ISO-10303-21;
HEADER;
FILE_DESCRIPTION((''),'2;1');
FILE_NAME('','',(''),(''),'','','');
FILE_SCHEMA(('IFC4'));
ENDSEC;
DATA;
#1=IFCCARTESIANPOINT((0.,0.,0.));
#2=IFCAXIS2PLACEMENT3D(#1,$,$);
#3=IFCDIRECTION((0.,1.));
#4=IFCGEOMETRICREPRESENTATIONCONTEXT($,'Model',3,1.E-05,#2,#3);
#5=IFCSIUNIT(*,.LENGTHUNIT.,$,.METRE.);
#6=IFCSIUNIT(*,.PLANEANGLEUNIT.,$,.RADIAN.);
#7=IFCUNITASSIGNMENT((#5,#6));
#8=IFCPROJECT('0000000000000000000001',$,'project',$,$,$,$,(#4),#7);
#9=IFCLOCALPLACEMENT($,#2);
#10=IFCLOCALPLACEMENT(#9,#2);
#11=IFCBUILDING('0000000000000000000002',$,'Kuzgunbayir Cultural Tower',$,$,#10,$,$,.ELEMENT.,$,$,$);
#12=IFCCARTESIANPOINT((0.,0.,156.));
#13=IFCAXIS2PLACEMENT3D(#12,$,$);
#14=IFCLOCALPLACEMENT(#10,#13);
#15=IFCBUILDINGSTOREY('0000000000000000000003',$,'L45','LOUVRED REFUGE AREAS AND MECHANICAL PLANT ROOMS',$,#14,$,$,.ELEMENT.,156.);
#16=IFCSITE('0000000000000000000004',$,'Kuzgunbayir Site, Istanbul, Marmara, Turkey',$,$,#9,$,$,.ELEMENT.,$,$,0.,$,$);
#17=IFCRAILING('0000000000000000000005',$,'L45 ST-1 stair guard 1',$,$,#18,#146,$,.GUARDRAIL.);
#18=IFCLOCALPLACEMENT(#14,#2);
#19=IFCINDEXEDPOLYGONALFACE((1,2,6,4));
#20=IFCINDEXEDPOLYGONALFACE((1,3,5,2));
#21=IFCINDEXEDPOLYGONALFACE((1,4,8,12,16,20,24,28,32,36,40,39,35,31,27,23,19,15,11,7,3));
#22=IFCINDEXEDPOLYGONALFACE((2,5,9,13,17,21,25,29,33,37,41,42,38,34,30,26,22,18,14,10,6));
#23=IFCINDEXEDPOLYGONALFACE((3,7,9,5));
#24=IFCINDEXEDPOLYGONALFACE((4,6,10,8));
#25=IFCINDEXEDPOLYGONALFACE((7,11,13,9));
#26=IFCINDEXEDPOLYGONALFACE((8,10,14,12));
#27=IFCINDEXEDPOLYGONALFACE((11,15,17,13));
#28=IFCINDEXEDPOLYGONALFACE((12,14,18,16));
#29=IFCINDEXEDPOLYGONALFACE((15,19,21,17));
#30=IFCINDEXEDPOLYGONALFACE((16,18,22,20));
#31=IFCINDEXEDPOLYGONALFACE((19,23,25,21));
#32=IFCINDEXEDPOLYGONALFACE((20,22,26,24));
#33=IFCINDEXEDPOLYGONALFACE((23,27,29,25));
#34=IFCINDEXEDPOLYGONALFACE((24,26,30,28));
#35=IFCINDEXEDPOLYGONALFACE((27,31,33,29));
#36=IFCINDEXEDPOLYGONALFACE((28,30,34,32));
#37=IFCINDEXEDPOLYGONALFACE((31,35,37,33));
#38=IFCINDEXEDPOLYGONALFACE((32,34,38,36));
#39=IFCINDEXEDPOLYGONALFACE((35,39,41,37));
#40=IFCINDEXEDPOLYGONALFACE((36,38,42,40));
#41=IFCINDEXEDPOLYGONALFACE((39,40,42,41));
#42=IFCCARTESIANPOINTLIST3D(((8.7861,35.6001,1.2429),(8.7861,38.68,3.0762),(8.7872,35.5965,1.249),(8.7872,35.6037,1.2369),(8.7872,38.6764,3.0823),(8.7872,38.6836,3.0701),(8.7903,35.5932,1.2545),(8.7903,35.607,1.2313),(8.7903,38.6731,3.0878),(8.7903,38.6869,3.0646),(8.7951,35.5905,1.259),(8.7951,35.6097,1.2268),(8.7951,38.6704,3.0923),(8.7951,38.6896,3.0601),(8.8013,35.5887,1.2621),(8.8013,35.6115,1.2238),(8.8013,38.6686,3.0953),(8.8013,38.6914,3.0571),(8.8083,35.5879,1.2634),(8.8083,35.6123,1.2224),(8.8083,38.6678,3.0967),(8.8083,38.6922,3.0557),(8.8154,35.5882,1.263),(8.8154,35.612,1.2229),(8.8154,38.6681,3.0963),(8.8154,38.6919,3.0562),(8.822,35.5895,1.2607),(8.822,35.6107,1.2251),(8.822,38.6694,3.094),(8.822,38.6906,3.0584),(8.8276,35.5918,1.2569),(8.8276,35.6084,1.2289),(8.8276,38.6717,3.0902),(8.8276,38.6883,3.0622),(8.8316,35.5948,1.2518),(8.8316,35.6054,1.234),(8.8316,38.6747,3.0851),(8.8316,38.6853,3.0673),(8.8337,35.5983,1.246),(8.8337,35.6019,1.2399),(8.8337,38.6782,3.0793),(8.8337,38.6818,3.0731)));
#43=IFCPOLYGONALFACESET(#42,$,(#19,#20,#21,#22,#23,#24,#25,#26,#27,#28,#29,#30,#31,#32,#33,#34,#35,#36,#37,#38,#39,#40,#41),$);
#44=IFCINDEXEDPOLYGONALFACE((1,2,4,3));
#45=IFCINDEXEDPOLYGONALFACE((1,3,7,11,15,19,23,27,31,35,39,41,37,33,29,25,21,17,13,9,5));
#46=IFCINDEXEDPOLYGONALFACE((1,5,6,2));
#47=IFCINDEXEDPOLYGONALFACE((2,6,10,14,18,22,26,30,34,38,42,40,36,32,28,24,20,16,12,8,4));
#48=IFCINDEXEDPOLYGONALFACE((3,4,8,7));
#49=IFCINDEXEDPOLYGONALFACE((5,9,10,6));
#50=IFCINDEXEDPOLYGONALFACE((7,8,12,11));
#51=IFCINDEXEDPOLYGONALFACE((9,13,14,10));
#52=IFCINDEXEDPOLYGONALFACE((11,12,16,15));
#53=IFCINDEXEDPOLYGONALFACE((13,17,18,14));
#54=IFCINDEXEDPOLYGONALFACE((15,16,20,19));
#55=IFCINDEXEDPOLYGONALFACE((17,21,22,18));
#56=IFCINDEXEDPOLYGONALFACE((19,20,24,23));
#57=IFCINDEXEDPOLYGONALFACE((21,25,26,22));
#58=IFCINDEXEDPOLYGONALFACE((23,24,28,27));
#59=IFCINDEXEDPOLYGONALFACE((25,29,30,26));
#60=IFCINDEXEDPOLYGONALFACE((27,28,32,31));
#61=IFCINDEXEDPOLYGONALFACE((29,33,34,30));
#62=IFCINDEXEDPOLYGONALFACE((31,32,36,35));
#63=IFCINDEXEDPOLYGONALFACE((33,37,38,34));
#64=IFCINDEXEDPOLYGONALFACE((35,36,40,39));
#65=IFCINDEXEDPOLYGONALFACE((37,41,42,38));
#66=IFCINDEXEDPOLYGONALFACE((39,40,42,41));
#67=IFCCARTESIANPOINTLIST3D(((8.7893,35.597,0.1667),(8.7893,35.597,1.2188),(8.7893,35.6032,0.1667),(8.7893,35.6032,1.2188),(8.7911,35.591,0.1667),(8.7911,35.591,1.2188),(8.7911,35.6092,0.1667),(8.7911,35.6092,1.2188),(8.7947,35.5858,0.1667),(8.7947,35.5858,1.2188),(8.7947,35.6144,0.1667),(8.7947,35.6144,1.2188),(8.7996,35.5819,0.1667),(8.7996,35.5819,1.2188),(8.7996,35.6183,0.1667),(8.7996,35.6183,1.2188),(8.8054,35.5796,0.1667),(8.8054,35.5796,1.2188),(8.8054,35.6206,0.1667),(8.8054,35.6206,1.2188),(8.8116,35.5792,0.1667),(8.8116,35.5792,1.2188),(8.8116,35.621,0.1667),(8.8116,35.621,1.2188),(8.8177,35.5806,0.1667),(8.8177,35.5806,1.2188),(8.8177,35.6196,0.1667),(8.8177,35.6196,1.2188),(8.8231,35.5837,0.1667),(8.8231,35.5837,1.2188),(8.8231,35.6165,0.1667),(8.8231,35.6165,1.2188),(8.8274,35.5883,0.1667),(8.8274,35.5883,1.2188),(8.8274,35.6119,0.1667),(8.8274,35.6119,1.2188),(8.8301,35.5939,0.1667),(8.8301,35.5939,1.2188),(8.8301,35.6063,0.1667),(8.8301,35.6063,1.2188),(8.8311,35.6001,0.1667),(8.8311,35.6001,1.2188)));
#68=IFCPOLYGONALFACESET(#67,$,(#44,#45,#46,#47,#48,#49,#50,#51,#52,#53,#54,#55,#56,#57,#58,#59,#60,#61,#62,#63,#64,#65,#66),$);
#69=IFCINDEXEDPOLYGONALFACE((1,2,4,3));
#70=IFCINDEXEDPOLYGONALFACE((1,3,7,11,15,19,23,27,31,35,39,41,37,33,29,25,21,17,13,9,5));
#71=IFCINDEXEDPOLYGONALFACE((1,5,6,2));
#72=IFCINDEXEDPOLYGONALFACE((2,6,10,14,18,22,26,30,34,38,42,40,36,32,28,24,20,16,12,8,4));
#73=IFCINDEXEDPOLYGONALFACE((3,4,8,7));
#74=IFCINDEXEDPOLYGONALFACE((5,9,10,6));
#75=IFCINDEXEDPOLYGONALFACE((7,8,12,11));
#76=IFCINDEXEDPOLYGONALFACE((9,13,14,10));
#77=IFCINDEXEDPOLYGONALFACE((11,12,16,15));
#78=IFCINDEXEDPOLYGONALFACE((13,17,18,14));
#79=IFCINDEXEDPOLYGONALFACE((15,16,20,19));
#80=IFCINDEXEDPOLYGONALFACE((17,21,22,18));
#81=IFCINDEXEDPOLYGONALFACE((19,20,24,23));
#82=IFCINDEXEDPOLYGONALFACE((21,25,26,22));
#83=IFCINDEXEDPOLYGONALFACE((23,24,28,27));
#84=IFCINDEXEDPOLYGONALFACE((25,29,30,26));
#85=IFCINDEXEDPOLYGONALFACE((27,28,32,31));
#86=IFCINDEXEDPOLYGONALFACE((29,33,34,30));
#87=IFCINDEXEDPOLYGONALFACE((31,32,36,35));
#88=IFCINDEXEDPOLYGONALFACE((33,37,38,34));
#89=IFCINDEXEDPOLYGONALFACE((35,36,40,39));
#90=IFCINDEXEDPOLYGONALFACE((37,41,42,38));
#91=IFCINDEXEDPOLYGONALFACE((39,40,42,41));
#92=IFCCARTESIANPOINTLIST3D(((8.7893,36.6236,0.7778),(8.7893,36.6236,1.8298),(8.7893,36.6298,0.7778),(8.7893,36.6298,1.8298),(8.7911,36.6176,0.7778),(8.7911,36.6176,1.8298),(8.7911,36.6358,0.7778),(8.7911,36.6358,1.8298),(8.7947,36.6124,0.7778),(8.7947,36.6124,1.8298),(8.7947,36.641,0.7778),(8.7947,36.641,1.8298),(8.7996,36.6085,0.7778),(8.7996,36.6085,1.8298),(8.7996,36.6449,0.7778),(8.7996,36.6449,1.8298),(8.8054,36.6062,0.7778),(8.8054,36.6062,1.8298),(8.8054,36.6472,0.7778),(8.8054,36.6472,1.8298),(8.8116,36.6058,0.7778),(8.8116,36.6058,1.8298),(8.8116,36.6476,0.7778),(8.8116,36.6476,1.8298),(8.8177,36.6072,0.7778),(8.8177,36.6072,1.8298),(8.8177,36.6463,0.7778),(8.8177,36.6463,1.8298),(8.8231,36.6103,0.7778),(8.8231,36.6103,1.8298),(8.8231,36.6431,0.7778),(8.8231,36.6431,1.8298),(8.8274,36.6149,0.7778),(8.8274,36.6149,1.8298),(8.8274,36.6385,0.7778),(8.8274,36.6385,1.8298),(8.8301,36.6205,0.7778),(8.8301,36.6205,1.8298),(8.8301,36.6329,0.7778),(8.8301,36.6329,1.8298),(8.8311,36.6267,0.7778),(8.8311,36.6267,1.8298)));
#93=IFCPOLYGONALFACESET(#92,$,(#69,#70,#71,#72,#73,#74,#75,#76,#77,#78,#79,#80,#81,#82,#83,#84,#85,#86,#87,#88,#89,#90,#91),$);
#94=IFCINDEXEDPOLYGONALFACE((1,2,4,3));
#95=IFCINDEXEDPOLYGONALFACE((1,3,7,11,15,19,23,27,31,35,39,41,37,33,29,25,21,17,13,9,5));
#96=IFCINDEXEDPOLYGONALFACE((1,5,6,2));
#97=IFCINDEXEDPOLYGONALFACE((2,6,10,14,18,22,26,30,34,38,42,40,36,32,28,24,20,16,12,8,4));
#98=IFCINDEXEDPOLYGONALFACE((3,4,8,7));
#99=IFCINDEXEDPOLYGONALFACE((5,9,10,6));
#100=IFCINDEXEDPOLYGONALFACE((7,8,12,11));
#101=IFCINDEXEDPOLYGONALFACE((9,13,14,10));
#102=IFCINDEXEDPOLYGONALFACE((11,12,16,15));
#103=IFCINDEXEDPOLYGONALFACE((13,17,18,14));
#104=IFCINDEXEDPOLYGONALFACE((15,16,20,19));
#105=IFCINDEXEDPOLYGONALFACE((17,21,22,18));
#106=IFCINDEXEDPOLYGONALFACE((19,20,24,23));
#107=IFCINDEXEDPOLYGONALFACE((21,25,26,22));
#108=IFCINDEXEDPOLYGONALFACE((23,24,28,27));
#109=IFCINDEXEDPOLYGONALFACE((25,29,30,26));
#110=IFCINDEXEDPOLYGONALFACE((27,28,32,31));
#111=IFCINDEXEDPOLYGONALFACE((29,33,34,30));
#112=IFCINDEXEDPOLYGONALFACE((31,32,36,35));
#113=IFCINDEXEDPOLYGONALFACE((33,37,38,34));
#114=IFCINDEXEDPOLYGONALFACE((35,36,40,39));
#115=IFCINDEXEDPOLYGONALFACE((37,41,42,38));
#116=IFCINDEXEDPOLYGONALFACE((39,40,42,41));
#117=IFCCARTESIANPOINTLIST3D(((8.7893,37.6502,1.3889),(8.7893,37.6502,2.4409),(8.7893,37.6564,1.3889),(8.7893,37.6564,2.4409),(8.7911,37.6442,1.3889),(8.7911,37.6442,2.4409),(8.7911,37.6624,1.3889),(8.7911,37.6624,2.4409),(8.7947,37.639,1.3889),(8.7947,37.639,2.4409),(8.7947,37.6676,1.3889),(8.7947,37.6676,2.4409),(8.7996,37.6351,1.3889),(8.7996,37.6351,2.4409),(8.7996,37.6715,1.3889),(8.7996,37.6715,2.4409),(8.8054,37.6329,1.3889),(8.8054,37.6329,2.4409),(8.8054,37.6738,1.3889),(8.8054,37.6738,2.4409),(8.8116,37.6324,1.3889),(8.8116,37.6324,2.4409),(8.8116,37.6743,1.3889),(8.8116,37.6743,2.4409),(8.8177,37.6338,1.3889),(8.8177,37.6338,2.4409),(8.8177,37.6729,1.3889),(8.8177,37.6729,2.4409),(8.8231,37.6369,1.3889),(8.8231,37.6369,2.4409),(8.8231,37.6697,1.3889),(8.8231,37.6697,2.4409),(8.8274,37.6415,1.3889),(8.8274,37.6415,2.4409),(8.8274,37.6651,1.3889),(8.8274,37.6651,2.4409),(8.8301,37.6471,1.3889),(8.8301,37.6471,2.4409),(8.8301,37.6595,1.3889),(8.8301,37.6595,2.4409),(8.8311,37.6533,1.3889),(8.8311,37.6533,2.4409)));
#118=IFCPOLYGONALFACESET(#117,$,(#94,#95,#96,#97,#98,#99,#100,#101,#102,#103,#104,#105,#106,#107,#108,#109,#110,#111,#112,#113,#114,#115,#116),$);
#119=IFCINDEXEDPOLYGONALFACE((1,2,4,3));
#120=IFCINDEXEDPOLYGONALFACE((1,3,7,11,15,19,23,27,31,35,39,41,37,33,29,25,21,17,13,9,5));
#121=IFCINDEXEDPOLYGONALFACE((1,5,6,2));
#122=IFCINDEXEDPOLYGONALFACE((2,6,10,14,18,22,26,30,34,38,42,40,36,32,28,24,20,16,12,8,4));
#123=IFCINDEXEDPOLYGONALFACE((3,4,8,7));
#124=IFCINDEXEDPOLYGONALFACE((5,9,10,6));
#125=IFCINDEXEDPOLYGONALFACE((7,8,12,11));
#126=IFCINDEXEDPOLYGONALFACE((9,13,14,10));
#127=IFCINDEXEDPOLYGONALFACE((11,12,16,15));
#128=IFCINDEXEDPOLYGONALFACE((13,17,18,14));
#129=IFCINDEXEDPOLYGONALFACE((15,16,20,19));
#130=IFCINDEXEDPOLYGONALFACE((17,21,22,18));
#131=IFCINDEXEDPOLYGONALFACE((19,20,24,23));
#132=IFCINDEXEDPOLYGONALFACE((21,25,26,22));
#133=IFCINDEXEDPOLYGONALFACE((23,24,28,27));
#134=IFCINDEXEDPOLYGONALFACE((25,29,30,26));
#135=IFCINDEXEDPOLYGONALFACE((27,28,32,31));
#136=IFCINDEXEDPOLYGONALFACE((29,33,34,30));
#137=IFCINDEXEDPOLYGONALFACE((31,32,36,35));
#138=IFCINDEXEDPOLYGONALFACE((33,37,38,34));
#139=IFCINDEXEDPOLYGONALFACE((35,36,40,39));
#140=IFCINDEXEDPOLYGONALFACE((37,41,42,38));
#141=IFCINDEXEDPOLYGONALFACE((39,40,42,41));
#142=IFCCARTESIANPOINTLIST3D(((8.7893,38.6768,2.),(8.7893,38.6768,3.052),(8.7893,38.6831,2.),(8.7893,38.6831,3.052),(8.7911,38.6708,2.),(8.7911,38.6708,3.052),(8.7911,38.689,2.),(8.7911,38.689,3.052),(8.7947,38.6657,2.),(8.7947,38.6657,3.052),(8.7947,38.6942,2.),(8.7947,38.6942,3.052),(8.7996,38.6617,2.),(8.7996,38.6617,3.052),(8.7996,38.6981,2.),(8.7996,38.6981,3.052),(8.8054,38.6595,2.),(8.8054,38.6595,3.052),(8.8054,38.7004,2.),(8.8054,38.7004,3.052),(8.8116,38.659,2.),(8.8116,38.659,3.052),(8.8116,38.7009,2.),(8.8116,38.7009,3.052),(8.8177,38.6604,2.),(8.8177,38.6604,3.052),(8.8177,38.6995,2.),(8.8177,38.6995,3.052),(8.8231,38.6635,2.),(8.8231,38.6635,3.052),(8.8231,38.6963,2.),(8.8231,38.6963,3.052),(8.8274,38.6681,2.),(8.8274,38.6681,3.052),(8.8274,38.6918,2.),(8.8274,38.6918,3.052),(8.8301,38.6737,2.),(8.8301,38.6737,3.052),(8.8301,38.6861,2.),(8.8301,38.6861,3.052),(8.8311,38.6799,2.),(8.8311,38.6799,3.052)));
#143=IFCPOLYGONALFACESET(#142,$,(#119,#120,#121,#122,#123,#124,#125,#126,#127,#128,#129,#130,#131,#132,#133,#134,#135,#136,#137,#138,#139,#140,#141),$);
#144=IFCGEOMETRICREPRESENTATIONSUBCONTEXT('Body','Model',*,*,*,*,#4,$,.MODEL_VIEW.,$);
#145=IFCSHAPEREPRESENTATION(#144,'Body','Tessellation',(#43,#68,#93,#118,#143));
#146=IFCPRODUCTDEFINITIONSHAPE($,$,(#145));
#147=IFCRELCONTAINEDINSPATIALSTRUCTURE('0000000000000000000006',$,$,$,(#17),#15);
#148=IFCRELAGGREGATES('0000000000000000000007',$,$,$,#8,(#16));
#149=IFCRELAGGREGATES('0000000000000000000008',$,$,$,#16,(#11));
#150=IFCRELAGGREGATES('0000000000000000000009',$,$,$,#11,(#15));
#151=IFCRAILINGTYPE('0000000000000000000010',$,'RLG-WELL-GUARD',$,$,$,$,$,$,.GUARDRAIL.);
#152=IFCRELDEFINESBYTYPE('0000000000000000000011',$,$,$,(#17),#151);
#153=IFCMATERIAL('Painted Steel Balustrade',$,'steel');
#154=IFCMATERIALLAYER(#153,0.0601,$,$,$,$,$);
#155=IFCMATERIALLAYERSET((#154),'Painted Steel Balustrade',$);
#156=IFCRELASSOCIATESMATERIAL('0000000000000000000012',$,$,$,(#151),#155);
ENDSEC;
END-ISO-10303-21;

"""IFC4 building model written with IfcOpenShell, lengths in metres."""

from ifc_helpers import new_model, si_unit, direction, frame, origin, origin_2d, place, context, subcontext, project, spatial, circle, extrude, material, layer, layer_set, type_object, element, save


model = new_model("IFC4")

# Units and contexts
model_context = context("Model", 3, precision=1e-05, world=origin(), true_north=direction((0.0, 1.0)))
body_context = subcontext(model_context, "Body", "Model", "MODEL_VIEW")
ifc_project = project(units=[si_unit("LENGTHUNIT", "METRE"), si_unit("PLANEANGLEUNIT", "RADIAN")], contexts=[model_context])

# Site, building, storey
site_placement = place(None, origin())
site = spatial("IfcSite", under=ifc_project, at=site_placement, Name="Kuzgunbayir Site, Istanbul, Marmara, Turkey", CompositionType="ELEMENT", RefElevation=0.0)
building_placement = place(site_placement, origin())
building = spatial("IfcBuilding", under=site, at=building_placement, Name="Kuzgunbayir Cultural Tower", CompositionType="ELEMENT")
storey_placement = place(building_placement, frame((0.0, 0.0, 156.0)))
storey = spatial("IfcBuildingStorey", under=building, at=storey_placement, Name="L45", Description="LOUVRED REFUGE AREAS AND MECHANICAL PLANT ROOMS", CompositionType="ELEMENT", Elevation=156.0)

# Railing
ifc_material_1 = material(Name="Painted Steel Balustrade", Category="steel")
ifc_layer_1 = layer(ifc_material_1, 0.0601)
ifc_layer_set_1 = layer_set([ifc_layer_1], Name="Painted Steel Balustrade")
railing_type_1 = type_object("IfcRailingType", Name="RLG-WELL-GUARD", PredefinedType="GUARDRAIL", material=ifc_layer_set_1)
railing_1_placement = place(storey_placement, frame((8.8101, 35.6001, 0.1667)))
element("IfcRailing", 1, at=railing_1_placement, inside=storey, type_object=railing_type_1, Name="L45 ST-1 stair guard 1", PredefinedType="GUARDRAIL", context=body_context, shape_type="SweptSolid", body=[
    extrude(circle(Radius=0.0239, at=origin_2d()), frame((0.0, 0.0, 1.0762), z_axis=(0.0, 0.859291, 0.511487), x_axis=(-1.0, 0.0, 0.0)), (0.0, 0.0, 1.0), 3.5842),
    extrude(circle(Radius=0.021, at=origin_2d()), origin(), (0.0, 0.0, 1.0), 1.052),
    extrude(circle(Radius=0.021, at=origin_2d()), frame((0.0, 1.0266, 0.6111)), (0.0, 0.0, 1.0), 1.052),
    extrude(circle(Radius=0.021, at=origin_2d()), frame((0.0, 2.0532, 1.2222)), (0.0, 0.0, 1.0), 1.052),
    extrude(circle(Radius=0.021, at=origin_2d()), frame((0.0, 3.0798, 1.8333)), (0.0, 0.0, 1.0), 1.052),
])

save(model, "model.ifc")
